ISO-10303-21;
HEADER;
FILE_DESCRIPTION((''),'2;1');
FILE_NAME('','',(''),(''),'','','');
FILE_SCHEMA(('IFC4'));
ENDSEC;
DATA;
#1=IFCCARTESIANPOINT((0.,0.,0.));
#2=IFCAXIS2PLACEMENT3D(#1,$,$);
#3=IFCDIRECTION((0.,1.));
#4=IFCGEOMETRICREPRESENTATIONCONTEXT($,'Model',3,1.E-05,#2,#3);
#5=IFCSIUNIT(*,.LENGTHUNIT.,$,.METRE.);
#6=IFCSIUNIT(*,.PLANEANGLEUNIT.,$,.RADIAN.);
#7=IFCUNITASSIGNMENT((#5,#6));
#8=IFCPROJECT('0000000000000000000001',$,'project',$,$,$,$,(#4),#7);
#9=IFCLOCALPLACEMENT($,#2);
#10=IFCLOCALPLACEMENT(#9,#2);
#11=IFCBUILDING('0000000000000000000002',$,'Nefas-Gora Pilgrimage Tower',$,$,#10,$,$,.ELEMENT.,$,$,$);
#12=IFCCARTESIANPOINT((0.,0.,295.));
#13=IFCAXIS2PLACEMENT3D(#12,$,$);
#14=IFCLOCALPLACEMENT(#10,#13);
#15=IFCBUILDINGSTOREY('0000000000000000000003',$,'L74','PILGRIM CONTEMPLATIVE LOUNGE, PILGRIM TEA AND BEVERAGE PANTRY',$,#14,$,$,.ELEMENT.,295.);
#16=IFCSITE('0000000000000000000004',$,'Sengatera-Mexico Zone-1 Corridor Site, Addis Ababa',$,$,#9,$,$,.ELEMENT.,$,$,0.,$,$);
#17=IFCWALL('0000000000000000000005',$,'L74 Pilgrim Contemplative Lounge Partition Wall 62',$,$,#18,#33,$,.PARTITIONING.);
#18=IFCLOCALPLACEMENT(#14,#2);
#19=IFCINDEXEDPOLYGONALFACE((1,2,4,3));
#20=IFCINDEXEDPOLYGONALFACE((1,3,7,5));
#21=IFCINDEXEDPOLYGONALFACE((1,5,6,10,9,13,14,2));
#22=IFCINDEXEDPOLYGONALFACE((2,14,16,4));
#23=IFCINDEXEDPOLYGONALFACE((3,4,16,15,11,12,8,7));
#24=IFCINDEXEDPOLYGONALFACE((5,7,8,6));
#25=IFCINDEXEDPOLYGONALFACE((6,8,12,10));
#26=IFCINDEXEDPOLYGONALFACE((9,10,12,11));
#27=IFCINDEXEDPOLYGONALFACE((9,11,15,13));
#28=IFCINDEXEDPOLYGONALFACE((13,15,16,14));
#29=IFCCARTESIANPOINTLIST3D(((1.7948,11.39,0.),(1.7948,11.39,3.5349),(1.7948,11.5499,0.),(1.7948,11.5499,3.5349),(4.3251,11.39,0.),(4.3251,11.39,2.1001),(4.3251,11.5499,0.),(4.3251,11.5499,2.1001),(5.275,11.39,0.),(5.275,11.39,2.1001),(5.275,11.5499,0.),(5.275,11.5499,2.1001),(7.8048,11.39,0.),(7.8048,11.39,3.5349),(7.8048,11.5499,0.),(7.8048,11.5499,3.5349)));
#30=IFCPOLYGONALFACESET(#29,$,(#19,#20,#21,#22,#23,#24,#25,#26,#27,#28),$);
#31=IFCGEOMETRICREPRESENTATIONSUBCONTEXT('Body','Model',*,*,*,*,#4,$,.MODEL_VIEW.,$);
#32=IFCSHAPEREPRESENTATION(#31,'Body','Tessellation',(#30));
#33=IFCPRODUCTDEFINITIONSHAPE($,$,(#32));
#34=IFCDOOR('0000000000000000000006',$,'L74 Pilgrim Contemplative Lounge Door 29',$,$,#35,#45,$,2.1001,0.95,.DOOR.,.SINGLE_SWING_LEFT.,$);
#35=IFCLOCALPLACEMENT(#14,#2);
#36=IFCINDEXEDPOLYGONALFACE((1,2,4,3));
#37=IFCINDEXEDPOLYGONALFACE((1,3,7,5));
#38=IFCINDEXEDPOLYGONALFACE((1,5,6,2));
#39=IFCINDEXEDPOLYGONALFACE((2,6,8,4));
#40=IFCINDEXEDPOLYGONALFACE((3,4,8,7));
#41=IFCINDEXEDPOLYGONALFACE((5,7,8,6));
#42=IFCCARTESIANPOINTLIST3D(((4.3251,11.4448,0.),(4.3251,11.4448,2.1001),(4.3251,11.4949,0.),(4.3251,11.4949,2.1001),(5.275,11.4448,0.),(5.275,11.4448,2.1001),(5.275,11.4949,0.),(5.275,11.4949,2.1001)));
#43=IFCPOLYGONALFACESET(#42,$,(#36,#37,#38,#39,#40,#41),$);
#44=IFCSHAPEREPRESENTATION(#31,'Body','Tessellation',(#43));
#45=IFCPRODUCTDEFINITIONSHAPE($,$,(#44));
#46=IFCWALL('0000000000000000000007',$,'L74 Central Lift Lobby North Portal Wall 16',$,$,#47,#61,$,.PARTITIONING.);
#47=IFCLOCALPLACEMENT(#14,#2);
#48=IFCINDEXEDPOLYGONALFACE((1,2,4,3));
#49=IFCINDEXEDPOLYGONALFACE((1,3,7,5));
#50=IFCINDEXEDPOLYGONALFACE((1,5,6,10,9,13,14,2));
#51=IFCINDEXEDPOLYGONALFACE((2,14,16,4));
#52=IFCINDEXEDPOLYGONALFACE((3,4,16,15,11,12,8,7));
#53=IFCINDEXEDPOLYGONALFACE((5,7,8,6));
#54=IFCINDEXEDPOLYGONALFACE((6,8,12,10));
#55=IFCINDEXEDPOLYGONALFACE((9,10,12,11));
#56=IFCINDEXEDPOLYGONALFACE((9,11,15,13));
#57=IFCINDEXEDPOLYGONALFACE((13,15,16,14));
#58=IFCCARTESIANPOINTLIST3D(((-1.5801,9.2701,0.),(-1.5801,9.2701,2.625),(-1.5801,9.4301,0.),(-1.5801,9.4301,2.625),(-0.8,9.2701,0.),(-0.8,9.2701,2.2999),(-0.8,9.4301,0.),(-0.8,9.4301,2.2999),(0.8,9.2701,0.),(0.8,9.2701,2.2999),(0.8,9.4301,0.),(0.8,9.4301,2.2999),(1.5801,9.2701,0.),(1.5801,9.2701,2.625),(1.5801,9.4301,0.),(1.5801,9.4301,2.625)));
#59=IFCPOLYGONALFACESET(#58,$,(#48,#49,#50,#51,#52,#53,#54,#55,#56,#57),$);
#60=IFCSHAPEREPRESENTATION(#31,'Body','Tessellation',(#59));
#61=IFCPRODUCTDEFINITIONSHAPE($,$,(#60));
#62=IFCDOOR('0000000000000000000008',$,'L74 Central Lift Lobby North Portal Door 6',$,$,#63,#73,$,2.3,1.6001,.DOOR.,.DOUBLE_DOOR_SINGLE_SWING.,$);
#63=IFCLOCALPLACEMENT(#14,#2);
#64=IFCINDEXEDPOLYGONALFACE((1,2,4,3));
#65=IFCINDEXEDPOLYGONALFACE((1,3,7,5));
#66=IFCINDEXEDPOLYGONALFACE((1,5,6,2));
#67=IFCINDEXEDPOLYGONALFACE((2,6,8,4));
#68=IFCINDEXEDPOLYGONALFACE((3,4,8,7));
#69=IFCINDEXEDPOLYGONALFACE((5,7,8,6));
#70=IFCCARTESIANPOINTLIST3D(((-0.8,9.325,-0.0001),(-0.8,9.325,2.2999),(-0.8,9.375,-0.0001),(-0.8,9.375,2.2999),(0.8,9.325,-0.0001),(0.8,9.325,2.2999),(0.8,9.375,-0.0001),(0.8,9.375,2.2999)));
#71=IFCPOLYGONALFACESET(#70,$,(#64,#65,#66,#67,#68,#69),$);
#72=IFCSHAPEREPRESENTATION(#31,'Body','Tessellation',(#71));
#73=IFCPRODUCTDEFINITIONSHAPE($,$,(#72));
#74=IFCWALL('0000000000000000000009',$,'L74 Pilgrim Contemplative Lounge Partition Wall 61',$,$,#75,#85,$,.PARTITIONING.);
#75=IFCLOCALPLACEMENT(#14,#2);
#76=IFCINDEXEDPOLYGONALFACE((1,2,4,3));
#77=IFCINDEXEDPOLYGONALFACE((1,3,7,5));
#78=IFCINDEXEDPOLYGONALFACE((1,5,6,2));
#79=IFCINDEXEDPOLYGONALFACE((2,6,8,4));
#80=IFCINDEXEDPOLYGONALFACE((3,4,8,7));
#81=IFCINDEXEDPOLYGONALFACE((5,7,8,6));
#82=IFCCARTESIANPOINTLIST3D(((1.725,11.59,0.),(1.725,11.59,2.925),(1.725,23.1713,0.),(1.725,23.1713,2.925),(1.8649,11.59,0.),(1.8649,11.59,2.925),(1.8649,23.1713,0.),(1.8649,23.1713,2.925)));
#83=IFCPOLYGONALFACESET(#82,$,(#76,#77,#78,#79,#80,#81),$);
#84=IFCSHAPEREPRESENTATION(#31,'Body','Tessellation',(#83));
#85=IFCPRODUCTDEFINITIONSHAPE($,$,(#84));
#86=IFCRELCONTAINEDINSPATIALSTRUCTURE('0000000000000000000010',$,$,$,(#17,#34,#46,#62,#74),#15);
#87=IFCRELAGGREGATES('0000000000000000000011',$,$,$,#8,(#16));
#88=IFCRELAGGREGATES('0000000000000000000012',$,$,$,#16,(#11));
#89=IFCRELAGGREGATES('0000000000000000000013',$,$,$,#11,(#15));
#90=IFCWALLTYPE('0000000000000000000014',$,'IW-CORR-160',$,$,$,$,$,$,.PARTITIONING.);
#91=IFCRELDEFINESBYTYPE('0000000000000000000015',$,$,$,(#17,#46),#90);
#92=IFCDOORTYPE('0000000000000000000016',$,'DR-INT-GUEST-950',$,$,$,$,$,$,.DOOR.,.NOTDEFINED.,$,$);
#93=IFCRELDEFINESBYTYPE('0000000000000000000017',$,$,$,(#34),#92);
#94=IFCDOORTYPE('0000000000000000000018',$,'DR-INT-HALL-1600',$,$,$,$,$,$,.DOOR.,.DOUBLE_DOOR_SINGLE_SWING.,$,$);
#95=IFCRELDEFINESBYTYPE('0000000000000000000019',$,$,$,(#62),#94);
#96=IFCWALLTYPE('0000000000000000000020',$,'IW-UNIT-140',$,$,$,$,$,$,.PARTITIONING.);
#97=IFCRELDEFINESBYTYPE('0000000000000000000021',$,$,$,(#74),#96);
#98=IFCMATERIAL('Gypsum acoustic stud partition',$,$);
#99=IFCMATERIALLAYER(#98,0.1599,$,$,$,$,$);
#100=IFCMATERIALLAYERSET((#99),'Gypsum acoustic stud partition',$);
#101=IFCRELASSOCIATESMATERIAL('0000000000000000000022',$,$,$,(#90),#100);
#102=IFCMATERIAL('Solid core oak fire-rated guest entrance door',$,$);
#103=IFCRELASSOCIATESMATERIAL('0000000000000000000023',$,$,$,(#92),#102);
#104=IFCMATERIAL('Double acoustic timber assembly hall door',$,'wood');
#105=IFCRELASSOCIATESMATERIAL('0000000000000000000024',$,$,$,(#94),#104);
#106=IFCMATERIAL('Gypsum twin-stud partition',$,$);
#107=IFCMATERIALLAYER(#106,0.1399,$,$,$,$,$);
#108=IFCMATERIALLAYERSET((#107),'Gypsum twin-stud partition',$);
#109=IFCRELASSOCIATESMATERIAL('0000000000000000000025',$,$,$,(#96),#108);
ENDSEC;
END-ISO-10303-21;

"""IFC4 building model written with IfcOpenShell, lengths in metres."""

from ifc_helpers import new_model, si_unit, direction, frame, frame_2d, origin, place, context, subcontext, project, spatial, rectangle, extrude, source, transform, mapped, material, layer, layer_set, type_object, element, fill, save


model = new_model("IFC4")

# Units and contexts
model_context = context("Model", 3, precision=1e-05, world=origin(), true_north=direction((0.0, 1.0)))
body_context = subcontext(model_context, "Body", "Model", "MODEL_VIEW")
ifc_project = project(units=[si_unit("LENGTHUNIT", "METRE"), si_unit("PLANEANGLEUNIT", "RADIAN")], contexts=[model_context])

# Site, building, storey
site_placement = place(None, origin())
site = spatial("IfcSite", under=ifc_project, at=site_placement, Name="Sengatera-Mexico Zone-1 Corridor Site, Addis Ababa", CompositionType="ELEMENT", RefElevation=0.0)
building_placement = place(site_placement, origin())
building = spatial("IfcBuilding", under=site, at=building_placement, Name="Nefas-Gora Pilgrimage Tower", CompositionType="ELEMENT")
storey_placement = place(building_placement, frame((0.0, 0.0, 295.0)))
storey = spatial("IfcBuildingStorey", under=building, at=storey_placement, Name="L74", Description="PILGRIM CONTEMPLATIVE LOUNGE, PILGRIM TEA AND BEVERAGE PANTRY", CompositionType="ELEMENT", Elevation=295.0)

# Walls, openings, doors
ifc_material_1 = material(Name="Gypsum acoustic stud partition")
ifc_layer_1 = layer(ifc_material_1, 0.1599)
ifc_layer_set_1 = layer_set([ifc_layer_1], Name="Gypsum acoustic stud partition")
wall_type_1 = type_object("IfcWallType", Name="IW-CORR-160", PredefinedType="PARTITIONING", material=ifc_layer_set_1)
shared_shape_1 = source(origin(), body_context, "Body", "SweptSolid", [
    extrude(rectangle(XDim=6.01, YDim=0.1599, at=frame_2d((3.0049, 0.0))), origin(), (0.0, 0.0, 1.0), 3.5349),
])
wall_1_placement = place(storey_placement, frame((1.7949, 11.47, 0.0), z_axis=(0.0, 0.0, 1.0), x_axis=(1.0, 0.0, 0.0)))
wall_1 = element("IfcWall", 1, at=wall_1_placement, inside=storey, type_object=wall_type_1, Name="L74 Pilgrim Contemplative Lounge Partition Wall 62", PredefinedType="PARTITIONING", context=body_context, shape_type="MappedRepresentation", body=[
    mapped(shared_shape_1, transform((0.0, 0.0, 0.0), x_axis=(1.0, 0.0, 0.0), y_axis=(0.0, 1.0, 0.0), z_axis=(0.0, 0.0, 1.0), scale=1.0)),
])
opening_1_placement = place(wall_1_placement, frame((2.53, 0.0, 0.0)))
opening_1 = element("IfcOpeningElement", 2, at=opening_1_placement, cuts=wall_1, PredefinedType="OPENING", context=body_context, shape_type="SweptSolid", body=[
    extrude(rectangle(XDim=0.95, YDim=2.1001, at=frame_2d((0.4751, 1.05))), frame((0.0, 0.0898, 0.0), z_axis=(0.0, -1.0, 0.0), x_axis=(1.0, 0.0, 0.0)), (0.0, 0.0, 1.0), 0.1799),
])
ifc_material_2 = material(Name="Solid core oak fire-rated guest entrance door")
door_type_1 = type_object("IfcDoorType", Name="DR-INT-GUEST-950", OperationType="NOTDEFINED", PredefinedType="DOOR", material=ifc_material_2)
shared_shape_2 = source(origin(), body_context, "Body", "SweptSolid", [
    extrude(rectangle(XDim=0.95, YDim=2.1001, at=frame_2d((0.4751, 1.05))), frame((0.0, 0.0249, 0.0), z_axis=(0.0, -1.0, 0.0), x_axis=(1.0, 0.0, 0.0)), (0.0, 0.0, 1.0), 0.05),
])
door_1_placement = place(opening_1_placement, origin())
door_1 = element("IfcDoor", 3, at=door_1_placement, inside=storey, type_object=door_type_1, Name="L74 Pilgrim Contemplative Lounge Door 29", OperationType="SINGLE_SWING_LEFT", OverallHeight=2.1001, OverallWidth=0.95, PredefinedType="DOOR", context=body_context, shape_type="MappedRepresentation", body=[
    mapped(shared_shape_2, transform((0.0, 0.0, 0.0), x_axis=(1.0, 0.0, 0.0), y_axis=(0.0, 1.0, 0.0), z_axis=(0.0, 0.0, 1.0), scale=1.0)),
])
fill(opening_1, door_1)
shared_shape_3 = source(origin(), body_context, "Body", "SweptSolid", [
    extrude(rectangle(XDim=3.1602, YDim=0.1599, at=frame_2d((1.5801, 0.0))), origin(), (0.0, 0.0, 1.0), 2.625),
])
wall_2_placement = place(storey_placement, frame((-1.5801, 9.3501, 0.0), z_axis=(0.0, 0.0, 1.0), x_axis=(1.0, 0.0, 0.0)))
wall_2 = element("IfcWall", 4, at=wall_2_placement, inside=storey, type_object=wall_type_1, Name="L74 Central Lift Lobby North Portal Wall 16", PredefinedType="PARTITIONING", context=body_context, shape_type="MappedRepresentation", body=[
    mapped(shared_shape_3, transform((0.0, 0.0, 0.0), x_axis=(1.0, 0.0, 0.0), y_axis=(0.0, 1.0, 0.0), z_axis=(0.0, 0.0, 1.0), scale=1.0)),
])
opening_2_placement = place(wall_2_placement, frame((0.78, 0.0, 0.0)))
opening_2 = element("IfcOpeningElement", 5, at=opening_2_placement, cuts=wall_2, PredefinedType="OPENING", context=body_context, shape_type="SweptSolid", body=[
    extrude(rectangle(XDim=1.6001, YDim=2.3, at=frame_2d((0.8, 1.1499))), frame((0.0, 0.0898, 0.0), z_axis=(0.0, -1.0, 0.0), x_axis=(1.0, 0.0, 0.0)), (0.0, 0.0, 1.0), 0.1799),
])
ifc_material_3 = material(Name="Double acoustic timber assembly hall door", Category="wood")
door_type_2 = type_object("IfcDoorType", Name="DR-INT-HALL-1600", OperationType="DOUBLE_DOOR_SINGLE_SWING", PredefinedType="DOOR", material=ifc_material_3)
shared_shape_4 = source(origin(), body_context, "Body", "SweptSolid", [
    extrude(rectangle(XDim=1.6001, YDim=2.3, at=frame_2d((0.8, 1.1499))), frame((0.0, 0.0249, 0.0), z_axis=(0.0, -1.0, 0.0), x_axis=(1.0, 0.0, 0.0)), (0.0, 0.0, 1.0), 0.05),
])
door_2_placement = place(opening_2_placement, origin())
door_2 = element("IfcDoor", 6, at=door_2_placement, inside=storey, type_object=door_type_2, Name="L74 Central Lift Lobby North Portal Door 6", OperationType="DOUBLE_DOOR_SINGLE_SWING", OverallHeight=2.3, OverallWidth=1.6001, PredefinedType="DOOR", context=body_context, shape_type="MappedRepresentation", body=[
    mapped(shared_shape_4, transform((0.0, 0.0, 0.0), x_axis=(1.0, 0.0, 0.0), y_axis=(0.0, 1.0, 0.0), z_axis=(0.0, 0.0, 1.0), scale=1.0)),
])
fill(opening_2, door_2)

# Wall
ifc_material_4 = material(Name="Gypsum twin-stud partition")
ifc_layer_2 = layer(ifc_material_4, 0.1399)
ifc_layer_set_2 = layer_set([ifc_layer_2], Name="Gypsum twin-stud partition")
wall_type_2 = type_object("IfcWallType", Name="IW-UNIT-140", PredefinedType="PARTITIONING", material=ifc_layer_set_2)
shared_shape_5 = source(origin(), body_context, "Body", "SweptSolid", [
    extrude(rectangle(XDim=11.5813, YDim=0.1399, at=frame_2d((5.7905, 0.0))), origin(), (0.0, 0.0, 1.0), 2.925),
])
wall_3_placement = place(storey_placement, frame((1.7949, 11.5901, 0.0), z_axis=(0.0, 0.0, 1.0), x_axis=(0.0, 1.0, 0.0)))
element("IfcWall", 7, at=wall_3_placement, inside=storey, type_object=wall_type_2, Name="L74 Pilgrim Contemplative Lounge Partition Wall 61", PredefinedType="PARTITIONING", context=body_context, shape_type="MappedRepresentation", body=[
    mapped(shared_shape_5, transform((0.0, 0.0, 0.0), x_axis=(1.0, 0.0, 0.0), y_axis=(0.0, 1.0, 0.0), z_axis=(0.0, 0.0, 1.0), scale=1.0)),
])

save(model, "model.ifc")
